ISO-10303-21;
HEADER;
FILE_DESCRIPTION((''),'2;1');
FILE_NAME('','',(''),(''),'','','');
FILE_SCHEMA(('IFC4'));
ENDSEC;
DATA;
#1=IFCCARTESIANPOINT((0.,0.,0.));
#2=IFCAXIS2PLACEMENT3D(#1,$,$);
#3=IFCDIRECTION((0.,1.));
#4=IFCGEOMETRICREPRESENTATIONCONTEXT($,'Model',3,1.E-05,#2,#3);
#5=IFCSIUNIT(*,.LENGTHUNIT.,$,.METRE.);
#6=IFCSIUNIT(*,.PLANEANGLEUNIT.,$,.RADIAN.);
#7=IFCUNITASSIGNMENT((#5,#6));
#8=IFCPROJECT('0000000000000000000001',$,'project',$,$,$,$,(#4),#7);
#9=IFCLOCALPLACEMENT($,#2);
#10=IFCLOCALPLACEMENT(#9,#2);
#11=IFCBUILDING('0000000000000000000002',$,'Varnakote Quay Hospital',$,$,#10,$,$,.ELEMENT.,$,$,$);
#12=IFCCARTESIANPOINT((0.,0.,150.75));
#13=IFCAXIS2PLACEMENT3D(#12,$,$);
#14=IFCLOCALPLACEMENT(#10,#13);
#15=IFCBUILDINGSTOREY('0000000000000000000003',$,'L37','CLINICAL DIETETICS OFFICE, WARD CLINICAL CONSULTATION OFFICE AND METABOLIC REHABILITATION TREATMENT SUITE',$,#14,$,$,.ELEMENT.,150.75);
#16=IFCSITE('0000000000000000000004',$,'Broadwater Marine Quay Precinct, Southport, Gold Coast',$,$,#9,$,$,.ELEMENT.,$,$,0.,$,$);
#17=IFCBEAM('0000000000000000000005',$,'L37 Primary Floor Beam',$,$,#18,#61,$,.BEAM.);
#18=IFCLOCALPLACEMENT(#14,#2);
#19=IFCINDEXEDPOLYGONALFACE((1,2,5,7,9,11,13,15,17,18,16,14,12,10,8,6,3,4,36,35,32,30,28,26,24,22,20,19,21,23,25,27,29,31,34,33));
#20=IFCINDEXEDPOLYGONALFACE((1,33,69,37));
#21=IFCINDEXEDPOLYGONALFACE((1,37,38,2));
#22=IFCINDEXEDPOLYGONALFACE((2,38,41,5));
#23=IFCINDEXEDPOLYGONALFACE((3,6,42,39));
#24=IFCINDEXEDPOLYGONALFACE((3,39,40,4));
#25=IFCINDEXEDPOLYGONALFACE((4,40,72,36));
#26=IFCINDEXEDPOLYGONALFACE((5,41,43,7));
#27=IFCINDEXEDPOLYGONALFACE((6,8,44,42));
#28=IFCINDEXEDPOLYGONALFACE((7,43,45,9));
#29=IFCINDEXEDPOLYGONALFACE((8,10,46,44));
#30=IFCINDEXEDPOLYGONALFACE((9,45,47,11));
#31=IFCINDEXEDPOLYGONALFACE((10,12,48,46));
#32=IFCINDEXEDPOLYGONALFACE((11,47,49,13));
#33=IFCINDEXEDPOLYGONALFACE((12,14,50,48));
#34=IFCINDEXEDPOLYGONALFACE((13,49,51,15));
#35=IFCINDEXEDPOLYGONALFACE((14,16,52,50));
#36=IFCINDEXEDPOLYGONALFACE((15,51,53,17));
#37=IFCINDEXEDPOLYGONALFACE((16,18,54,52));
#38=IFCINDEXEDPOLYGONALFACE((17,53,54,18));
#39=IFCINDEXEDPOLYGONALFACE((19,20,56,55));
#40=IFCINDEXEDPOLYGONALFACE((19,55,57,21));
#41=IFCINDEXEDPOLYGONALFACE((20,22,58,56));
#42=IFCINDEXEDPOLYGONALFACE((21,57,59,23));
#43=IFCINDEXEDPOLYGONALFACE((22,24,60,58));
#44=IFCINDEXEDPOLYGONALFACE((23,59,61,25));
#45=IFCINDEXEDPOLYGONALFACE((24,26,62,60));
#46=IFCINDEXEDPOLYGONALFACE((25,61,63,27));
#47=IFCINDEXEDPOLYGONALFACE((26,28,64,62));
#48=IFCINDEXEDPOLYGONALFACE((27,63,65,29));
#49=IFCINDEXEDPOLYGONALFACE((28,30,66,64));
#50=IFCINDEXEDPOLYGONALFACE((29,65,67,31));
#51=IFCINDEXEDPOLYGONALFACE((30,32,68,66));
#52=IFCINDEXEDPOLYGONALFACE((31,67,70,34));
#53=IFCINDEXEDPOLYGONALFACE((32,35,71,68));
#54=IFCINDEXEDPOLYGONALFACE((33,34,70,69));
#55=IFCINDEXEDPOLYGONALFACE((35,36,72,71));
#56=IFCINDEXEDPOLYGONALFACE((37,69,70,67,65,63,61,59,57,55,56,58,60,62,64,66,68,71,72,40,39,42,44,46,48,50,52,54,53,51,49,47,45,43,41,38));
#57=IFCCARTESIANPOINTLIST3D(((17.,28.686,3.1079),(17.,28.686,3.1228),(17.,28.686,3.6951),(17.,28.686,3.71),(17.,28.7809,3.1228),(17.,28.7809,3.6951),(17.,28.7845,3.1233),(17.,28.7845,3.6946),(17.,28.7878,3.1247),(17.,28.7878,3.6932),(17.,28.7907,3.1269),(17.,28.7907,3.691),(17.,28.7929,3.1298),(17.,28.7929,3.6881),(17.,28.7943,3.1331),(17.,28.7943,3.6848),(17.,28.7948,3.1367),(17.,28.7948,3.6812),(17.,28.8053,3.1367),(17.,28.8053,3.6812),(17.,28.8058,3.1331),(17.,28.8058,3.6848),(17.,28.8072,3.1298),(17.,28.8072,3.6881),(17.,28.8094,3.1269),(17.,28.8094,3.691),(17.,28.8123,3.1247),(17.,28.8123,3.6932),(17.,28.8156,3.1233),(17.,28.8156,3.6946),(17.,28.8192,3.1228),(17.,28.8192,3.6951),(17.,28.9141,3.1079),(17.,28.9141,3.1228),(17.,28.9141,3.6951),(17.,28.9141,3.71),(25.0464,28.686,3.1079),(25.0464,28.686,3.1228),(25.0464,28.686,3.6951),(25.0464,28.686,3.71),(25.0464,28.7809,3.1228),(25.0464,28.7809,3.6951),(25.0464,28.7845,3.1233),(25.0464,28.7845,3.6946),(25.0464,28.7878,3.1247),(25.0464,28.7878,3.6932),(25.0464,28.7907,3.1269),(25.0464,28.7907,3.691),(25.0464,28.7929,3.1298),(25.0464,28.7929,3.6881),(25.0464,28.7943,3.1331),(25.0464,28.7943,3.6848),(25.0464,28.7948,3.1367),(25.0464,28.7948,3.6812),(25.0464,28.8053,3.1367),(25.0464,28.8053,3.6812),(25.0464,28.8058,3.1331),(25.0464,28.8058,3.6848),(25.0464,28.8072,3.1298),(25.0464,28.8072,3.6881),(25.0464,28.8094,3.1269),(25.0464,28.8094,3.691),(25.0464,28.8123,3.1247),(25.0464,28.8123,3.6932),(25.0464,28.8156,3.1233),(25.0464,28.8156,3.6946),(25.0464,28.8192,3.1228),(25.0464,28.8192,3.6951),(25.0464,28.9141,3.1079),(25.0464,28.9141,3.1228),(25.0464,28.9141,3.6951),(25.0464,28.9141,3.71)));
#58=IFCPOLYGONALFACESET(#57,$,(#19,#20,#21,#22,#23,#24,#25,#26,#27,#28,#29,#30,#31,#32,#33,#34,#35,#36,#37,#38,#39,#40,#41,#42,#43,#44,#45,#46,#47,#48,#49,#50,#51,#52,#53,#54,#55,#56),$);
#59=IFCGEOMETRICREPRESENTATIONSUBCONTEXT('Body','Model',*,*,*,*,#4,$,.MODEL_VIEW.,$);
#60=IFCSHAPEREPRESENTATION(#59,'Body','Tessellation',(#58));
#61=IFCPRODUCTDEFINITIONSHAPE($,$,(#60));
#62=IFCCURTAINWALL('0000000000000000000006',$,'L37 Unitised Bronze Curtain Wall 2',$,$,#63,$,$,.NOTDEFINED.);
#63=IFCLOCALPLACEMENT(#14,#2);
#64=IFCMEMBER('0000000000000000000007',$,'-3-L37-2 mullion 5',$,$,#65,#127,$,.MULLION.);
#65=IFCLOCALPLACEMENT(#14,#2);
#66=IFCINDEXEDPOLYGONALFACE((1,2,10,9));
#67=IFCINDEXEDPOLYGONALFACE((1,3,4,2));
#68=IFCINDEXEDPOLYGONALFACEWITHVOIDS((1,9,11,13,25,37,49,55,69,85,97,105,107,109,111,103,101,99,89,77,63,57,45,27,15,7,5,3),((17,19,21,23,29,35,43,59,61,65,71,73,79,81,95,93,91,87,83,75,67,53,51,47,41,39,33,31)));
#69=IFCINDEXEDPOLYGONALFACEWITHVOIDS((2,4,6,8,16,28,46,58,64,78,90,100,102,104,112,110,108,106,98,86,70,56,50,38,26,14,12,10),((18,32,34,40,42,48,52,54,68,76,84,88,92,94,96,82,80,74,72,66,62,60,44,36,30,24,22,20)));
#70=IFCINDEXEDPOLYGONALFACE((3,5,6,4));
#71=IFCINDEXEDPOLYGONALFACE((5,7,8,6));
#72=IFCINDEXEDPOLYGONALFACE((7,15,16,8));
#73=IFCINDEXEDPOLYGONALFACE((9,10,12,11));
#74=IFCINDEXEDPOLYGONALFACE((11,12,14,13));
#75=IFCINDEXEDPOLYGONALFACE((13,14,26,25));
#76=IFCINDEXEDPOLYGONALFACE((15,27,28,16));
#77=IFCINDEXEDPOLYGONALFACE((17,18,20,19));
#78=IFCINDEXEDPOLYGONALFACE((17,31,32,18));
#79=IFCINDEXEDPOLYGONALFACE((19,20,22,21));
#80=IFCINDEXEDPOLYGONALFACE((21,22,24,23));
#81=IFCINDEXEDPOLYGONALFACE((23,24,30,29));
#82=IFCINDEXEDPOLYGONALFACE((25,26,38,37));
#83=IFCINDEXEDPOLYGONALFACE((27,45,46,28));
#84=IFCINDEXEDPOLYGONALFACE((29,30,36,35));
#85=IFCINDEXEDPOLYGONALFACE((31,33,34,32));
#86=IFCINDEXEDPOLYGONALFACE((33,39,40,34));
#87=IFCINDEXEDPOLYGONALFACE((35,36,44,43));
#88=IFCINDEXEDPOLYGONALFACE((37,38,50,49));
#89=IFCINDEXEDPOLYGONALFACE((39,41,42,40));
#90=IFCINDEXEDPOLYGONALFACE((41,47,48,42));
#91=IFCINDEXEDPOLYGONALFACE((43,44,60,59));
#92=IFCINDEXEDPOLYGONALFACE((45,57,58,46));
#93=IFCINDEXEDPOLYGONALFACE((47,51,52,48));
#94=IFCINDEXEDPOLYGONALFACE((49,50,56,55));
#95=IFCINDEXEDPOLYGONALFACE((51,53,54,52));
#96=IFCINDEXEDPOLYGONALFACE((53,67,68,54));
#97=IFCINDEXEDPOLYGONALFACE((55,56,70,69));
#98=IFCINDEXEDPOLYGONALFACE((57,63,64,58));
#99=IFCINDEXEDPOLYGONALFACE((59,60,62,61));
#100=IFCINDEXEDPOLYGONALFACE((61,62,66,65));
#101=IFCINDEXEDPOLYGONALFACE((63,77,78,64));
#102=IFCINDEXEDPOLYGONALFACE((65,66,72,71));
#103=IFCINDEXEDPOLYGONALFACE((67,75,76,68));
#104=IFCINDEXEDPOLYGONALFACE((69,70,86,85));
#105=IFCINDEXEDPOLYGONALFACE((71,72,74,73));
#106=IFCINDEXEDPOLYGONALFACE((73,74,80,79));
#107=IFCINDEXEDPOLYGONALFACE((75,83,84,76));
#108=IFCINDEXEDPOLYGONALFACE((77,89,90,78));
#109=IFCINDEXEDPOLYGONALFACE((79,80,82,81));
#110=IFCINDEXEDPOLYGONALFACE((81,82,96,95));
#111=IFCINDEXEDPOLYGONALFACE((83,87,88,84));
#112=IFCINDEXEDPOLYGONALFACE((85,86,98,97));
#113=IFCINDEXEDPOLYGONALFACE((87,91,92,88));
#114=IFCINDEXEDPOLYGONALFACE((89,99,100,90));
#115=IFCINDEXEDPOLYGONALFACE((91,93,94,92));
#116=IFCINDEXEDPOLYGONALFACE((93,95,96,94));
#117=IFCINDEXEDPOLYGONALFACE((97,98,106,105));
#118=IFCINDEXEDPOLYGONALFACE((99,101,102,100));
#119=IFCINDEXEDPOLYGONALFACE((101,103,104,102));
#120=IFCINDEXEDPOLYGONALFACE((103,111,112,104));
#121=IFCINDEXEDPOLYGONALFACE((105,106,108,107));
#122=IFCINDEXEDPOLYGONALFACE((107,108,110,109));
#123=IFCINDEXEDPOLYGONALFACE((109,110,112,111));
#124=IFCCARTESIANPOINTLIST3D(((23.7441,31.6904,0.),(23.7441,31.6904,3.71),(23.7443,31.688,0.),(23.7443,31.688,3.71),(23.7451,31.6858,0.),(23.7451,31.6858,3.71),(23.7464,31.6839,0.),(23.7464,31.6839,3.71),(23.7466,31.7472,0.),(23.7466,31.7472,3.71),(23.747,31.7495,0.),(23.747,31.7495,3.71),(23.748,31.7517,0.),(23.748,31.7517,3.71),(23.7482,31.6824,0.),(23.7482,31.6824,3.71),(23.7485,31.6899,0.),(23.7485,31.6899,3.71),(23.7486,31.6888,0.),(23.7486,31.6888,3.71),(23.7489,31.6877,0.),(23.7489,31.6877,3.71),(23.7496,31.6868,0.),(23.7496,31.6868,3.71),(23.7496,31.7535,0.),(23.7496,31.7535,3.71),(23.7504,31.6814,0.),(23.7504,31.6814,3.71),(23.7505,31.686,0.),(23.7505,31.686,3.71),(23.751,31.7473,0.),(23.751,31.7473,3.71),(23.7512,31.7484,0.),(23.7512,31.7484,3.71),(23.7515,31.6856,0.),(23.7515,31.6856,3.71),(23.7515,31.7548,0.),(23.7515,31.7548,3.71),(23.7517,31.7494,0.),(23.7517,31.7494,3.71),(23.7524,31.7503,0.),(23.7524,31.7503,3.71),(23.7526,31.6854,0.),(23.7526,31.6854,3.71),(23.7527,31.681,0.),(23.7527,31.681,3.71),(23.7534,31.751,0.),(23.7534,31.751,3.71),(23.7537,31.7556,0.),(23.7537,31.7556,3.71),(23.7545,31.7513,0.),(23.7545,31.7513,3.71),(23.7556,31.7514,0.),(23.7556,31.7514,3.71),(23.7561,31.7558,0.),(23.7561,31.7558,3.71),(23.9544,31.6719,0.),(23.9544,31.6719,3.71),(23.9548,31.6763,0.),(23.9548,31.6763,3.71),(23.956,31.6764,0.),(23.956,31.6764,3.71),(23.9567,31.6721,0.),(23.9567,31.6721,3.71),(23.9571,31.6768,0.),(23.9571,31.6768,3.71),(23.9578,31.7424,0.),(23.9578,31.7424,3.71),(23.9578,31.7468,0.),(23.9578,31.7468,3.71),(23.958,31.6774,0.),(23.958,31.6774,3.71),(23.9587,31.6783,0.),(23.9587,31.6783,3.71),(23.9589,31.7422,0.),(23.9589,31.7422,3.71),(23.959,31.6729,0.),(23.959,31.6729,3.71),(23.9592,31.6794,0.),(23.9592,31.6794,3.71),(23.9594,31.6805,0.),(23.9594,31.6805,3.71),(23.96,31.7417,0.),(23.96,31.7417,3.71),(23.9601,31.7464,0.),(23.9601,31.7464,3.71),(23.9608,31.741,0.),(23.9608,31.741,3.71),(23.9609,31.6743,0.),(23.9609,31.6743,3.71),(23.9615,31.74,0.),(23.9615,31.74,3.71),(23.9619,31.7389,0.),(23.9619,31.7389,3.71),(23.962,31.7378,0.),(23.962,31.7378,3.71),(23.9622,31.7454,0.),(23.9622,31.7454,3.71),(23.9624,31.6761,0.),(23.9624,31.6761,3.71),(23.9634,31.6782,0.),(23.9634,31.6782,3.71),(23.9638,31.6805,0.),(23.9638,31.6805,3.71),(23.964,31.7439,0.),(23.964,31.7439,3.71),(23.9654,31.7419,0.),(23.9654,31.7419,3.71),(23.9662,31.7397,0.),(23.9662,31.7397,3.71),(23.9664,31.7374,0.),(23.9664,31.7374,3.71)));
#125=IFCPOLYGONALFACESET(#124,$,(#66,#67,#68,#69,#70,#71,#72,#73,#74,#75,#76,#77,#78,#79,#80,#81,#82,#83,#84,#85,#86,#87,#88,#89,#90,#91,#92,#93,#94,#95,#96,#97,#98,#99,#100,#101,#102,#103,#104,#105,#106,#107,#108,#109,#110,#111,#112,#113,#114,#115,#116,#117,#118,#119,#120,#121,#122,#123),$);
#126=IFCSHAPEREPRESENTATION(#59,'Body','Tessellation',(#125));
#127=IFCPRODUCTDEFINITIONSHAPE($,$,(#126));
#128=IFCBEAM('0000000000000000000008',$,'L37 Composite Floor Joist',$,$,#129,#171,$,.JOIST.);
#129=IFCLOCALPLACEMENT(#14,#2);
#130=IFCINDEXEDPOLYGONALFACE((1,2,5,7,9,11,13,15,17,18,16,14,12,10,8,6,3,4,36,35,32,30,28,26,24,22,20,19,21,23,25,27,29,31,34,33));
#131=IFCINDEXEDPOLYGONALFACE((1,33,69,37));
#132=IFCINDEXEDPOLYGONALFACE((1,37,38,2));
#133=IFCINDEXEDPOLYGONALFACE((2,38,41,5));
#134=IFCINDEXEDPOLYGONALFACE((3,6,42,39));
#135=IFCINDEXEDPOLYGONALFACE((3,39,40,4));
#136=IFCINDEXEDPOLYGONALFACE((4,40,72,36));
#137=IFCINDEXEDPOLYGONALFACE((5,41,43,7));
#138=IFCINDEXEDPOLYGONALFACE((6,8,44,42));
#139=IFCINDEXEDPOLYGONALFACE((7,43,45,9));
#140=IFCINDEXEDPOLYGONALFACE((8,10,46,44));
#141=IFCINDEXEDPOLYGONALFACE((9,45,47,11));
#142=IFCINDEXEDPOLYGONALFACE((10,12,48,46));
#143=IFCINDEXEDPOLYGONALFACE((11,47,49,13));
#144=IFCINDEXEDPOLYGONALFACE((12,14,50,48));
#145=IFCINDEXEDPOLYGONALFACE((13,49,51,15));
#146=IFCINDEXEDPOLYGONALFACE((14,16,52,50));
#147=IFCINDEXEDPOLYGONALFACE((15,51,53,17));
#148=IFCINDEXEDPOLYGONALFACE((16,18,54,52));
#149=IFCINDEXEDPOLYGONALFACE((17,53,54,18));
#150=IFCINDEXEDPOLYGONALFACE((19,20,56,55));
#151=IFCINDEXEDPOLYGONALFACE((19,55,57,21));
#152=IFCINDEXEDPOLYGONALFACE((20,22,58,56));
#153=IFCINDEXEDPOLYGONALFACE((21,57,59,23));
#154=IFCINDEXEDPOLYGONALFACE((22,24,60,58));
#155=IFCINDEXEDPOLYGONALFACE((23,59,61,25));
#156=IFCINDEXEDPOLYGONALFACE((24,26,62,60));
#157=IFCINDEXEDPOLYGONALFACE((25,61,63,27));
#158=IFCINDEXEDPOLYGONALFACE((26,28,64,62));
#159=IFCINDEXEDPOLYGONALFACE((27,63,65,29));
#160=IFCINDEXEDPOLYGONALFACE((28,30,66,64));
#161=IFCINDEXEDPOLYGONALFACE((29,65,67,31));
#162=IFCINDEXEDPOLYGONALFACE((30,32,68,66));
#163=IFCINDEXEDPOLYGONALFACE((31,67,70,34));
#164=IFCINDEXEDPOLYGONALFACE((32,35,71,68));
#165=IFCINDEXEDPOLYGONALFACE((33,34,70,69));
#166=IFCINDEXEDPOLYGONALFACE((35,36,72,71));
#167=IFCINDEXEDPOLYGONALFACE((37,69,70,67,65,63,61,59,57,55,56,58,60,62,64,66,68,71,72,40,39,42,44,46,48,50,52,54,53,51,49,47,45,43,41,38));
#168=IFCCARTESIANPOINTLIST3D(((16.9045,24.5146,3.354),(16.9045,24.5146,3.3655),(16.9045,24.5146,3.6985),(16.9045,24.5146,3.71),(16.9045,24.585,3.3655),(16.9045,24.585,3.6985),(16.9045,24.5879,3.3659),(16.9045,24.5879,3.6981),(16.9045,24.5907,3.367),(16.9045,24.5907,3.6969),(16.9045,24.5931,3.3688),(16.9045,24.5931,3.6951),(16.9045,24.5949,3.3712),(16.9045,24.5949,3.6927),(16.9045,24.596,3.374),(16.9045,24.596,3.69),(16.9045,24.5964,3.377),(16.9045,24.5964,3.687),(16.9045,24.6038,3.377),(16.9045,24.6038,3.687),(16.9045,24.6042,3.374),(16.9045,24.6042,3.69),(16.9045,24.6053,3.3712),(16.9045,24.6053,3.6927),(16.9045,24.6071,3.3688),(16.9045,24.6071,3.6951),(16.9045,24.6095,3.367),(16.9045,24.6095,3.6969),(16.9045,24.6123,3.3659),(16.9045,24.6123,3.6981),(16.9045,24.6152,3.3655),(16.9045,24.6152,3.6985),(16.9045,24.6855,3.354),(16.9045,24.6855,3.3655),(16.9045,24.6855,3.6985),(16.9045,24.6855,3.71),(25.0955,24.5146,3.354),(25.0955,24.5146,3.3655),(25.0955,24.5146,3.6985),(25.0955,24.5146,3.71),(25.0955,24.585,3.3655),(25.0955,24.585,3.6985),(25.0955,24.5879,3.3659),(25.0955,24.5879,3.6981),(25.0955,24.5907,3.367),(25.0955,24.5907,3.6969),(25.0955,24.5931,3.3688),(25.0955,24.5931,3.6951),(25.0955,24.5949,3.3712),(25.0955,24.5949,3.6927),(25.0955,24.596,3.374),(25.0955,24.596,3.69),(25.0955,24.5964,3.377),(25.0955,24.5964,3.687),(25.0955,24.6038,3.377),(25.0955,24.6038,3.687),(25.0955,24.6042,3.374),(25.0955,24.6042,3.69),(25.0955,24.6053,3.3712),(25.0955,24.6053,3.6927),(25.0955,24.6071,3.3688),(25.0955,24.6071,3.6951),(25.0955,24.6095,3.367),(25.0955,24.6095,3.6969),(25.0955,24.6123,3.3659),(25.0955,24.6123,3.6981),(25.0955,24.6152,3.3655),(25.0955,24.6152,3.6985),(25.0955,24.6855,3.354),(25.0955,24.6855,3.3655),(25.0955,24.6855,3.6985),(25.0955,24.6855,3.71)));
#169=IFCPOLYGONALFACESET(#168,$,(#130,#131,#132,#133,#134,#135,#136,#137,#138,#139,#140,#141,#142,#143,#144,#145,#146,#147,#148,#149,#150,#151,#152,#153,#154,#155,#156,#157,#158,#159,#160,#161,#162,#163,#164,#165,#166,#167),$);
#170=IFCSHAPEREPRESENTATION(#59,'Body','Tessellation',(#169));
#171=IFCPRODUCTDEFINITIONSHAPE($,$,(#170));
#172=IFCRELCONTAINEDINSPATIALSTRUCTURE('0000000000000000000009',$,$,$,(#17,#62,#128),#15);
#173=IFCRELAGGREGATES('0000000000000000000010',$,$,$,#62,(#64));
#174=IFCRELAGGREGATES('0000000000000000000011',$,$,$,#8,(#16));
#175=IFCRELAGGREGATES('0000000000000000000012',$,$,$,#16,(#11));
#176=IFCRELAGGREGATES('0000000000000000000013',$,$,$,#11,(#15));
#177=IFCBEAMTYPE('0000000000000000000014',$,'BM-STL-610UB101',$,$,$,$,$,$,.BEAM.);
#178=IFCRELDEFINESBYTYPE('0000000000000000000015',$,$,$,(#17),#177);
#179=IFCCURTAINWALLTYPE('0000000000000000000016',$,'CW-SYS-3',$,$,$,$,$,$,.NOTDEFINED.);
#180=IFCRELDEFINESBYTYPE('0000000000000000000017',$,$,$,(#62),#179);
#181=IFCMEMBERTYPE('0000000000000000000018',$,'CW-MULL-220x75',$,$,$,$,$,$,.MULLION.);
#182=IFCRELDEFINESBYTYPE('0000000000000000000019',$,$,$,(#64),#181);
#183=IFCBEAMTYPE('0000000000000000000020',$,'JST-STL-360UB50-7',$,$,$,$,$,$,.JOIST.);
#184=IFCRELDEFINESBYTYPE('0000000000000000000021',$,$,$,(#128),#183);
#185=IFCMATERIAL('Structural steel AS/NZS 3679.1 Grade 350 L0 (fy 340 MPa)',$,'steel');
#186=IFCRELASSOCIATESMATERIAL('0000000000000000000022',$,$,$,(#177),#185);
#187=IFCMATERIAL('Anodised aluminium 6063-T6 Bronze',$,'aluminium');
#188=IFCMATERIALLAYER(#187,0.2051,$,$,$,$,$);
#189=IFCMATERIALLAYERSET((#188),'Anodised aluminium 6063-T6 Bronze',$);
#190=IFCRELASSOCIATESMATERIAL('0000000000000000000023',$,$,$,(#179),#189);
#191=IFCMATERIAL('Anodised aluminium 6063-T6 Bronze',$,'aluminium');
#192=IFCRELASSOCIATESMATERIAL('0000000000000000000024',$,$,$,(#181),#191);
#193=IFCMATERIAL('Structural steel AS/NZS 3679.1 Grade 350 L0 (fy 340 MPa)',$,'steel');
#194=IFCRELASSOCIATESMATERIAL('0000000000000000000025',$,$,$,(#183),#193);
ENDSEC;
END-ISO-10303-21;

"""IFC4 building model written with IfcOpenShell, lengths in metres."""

from ifc_helpers import new_model, si_unit, direction, frame, origin, origin_2d, place, context, subcontext, project, spatial, hollow_rectangle, i_section, extrude, material, layer, layer_set, material_profile, profile_set, type_object, element, aggregate, save


model = new_model("IFC4")

# Units and contexts
model_context = context("Model", 3, precision=1e-05, world=origin(), true_north=direction((0.0, 1.0)))
body_context = subcontext(model_context, "Body", "Model", "MODEL_VIEW")
ifc_project = project(units=[si_unit("LENGTHUNIT", "METRE"), si_unit("PLANEANGLEUNIT", "RADIAN")], contexts=[model_context])

# Site, building, storey
site_placement = place(None, origin())
site = spatial("IfcSite", under=ifc_project, at=site_placement, Name="Broadwater Marine Quay Precinct, Southport, Gold Coast", CompositionType="ELEMENT", RefElevation=0.0)
building_placement = place(site_placement, origin())
building = spatial("IfcBuilding", under=site, at=building_placement, Name="Varnakote Quay Hospital", CompositionType="ELEMENT")
storey_placement = place(building_placement, frame((0.0, 0.0, 150.75)))
storey = spatial("IfcBuildingStorey", under=building, at=storey_placement, Name="L37", Description="CLINICAL DIETETICS OFFICE, WARD CLINICAL CONSULTATION OFFICE AND METABOLIC REHABILITATION TREATMENT SUITE", CompositionType="ELEMENT", Elevation=150.75)

# Beam
ifc_material_1 = material(Name="Structural steel AS/NZS 3679.1 Grade 350 L0 (fy 340 MPa)", Category="steel")
ifc_material_profile_1 = material_profile(ifc_material_1, i_section(OverallWidth=0.228, OverallDepth=0.6021, WebThickness=0.0105, FlangeThickness=0.0149, FilletRadius=0.0139, at=origin_2d()), Name="610UB101")
ifc_profile_set_1 = profile_set([ifc_material_profile_1], Name="Structural steel AS/NZS 3679.1 Grade 350 L0 (fy 340 MPa)")
beam_type_1 = type_object("IfcBeamType", Name="BM-STL-610UB101", PredefinedType="BEAM", material=ifc_profile_set_1)
beam_1_placement = place(storey_placement, frame((17.0, 28.8, 3.4089), z_axis=(1.0, 0.0, 0.0), x_axis=(0.0, 1.0, 0.0)))
element("IfcBeam", 1, at=beam_1_placement, inside=storey, type_object=beam_type_1, Name="L37 Primary Floor Beam", PredefinedType="BEAM", context=body_context, shape_type="SweptSolid", body=[
    extrude(i_section(OverallWidth=0.228, OverallDepth=0.6021, WebThickness=0.0105, FlangeThickness=0.0149, FilletRadius=0.0139, at=origin_2d()), origin(), (0.0, 0.0, 1.0), 8.0464),
])

# Curtain wall, member
ifc_material_2 = material(Name="Anodised aluminium 6063-T6 Bronze", Category="aluminium")
ifc_layer_1 = layer(ifc_material_2, 0.2051)
ifc_layer_set_1 = layer_set([ifc_layer_1], Name="Anodised aluminium 6063-T6 Bronze")
curtain_wall_type = type_object("IfcCurtainWallType", Name="CW-SYS-3", PredefinedType="NOTDEFINED", material=ifc_layer_set_1)
curtain_wall_placement = place(storey_placement, origin())
curtain_wall = element("IfcCurtainWall", 2, at=curtain_wall_placement, inside=storey, type_object=curtain_wall_type, Name="L37 Unitised Bronze Curtain Wall 2", PredefinedType="NOTDEFINED")
ifc_material_3 = material(Name="Anodised aluminium 6063-T6 Bronze", Category="aluminium")
ifc_material_profile_2 = material_profile(ifc_material_3, hollow_rectangle(XDim=0.075, YDim=0.22, WallThickness=0.0044, InnerFilletRadius=0.0044, OuterFilletRadius=0.009, at=origin_2d()), Name="CW-MULL-220x75")
ifc_profile_set_2 = profile_set([ifc_material_profile_2], Name="Anodised aluminium 6063-T6 Bronze")
member_type = type_object("IfcMemberType", Name="CW-MULL-220x75", PredefinedType="MULLION", material=ifc_profile_set_2)
member_placement = place(storey_placement, frame((23.8552, 31.7139, 0.0), z_axis=(0.0, 0.0, 1.0), x_axis=(-0.044782, -0.998997, 0.0)))
member = element("IfcMember", 3, at=member_placement, type_object=member_type, Name="-3-L37-2 mullion 5", PredefinedType="MULLION", context=body_context, shape_type="SweptSolid", body=[
    extrude(hollow_rectangle(XDim=0.075, YDim=0.22, WallThickness=0.0044, InnerFilletRadius=0.0044, OuterFilletRadius=0.009, at=origin_2d()), origin(), (0.0, 0.0, 1.0), 3.71),
])
aggregate(curtain_wall, [member])

# Beam
ifc_material_4 = material(Name="Structural steel AS/NZS 3679.1 Grade 350 L0 (fy 340 MPa)", Category="steel")
ifc_material_profile_3 = material_profile(ifc_material_4, i_section(OverallWidth=0.1709, OverallDepth=0.356, WebThickness=0.0073, FlangeThickness=0.0115, FilletRadius=0.0115, at=origin_2d()), Name="360UB50.7")
ifc_profile_set_3 = profile_set([ifc_material_profile_3], Name="Structural steel AS/NZS 3679.1 Grade 350 L0 (fy 340 MPa)")
beam_type_2 = type_object("IfcBeamType", Name="JST-STL-360UB50-7", PredefinedType="JOIST", material=ifc_profile_set_3)
beam_2_placement = place(storey_placement, frame((16.9045, 24.6001, 3.532), z_axis=(1.0, 0.0, 0.0), x_axis=(0.0, 1.0, 0.0)))
element("IfcBeam", 4, at=beam_2_placement, inside=storey, type_object=beam_type_2, Name="L37 Composite Floor Joist", PredefinedType="JOIST", context=body_context, shape_type="SweptSolid", body=[
    extrude(i_section(OverallWidth=0.1709, OverallDepth=0.356, WebThickness=0.0073, FlangeThickness=0.0115, FilletRadius=0.0115, at=origin_2d()), origin(), (0.0, 0.0, 1.0), 8.1909),
])

save(model, "model.ifc")
